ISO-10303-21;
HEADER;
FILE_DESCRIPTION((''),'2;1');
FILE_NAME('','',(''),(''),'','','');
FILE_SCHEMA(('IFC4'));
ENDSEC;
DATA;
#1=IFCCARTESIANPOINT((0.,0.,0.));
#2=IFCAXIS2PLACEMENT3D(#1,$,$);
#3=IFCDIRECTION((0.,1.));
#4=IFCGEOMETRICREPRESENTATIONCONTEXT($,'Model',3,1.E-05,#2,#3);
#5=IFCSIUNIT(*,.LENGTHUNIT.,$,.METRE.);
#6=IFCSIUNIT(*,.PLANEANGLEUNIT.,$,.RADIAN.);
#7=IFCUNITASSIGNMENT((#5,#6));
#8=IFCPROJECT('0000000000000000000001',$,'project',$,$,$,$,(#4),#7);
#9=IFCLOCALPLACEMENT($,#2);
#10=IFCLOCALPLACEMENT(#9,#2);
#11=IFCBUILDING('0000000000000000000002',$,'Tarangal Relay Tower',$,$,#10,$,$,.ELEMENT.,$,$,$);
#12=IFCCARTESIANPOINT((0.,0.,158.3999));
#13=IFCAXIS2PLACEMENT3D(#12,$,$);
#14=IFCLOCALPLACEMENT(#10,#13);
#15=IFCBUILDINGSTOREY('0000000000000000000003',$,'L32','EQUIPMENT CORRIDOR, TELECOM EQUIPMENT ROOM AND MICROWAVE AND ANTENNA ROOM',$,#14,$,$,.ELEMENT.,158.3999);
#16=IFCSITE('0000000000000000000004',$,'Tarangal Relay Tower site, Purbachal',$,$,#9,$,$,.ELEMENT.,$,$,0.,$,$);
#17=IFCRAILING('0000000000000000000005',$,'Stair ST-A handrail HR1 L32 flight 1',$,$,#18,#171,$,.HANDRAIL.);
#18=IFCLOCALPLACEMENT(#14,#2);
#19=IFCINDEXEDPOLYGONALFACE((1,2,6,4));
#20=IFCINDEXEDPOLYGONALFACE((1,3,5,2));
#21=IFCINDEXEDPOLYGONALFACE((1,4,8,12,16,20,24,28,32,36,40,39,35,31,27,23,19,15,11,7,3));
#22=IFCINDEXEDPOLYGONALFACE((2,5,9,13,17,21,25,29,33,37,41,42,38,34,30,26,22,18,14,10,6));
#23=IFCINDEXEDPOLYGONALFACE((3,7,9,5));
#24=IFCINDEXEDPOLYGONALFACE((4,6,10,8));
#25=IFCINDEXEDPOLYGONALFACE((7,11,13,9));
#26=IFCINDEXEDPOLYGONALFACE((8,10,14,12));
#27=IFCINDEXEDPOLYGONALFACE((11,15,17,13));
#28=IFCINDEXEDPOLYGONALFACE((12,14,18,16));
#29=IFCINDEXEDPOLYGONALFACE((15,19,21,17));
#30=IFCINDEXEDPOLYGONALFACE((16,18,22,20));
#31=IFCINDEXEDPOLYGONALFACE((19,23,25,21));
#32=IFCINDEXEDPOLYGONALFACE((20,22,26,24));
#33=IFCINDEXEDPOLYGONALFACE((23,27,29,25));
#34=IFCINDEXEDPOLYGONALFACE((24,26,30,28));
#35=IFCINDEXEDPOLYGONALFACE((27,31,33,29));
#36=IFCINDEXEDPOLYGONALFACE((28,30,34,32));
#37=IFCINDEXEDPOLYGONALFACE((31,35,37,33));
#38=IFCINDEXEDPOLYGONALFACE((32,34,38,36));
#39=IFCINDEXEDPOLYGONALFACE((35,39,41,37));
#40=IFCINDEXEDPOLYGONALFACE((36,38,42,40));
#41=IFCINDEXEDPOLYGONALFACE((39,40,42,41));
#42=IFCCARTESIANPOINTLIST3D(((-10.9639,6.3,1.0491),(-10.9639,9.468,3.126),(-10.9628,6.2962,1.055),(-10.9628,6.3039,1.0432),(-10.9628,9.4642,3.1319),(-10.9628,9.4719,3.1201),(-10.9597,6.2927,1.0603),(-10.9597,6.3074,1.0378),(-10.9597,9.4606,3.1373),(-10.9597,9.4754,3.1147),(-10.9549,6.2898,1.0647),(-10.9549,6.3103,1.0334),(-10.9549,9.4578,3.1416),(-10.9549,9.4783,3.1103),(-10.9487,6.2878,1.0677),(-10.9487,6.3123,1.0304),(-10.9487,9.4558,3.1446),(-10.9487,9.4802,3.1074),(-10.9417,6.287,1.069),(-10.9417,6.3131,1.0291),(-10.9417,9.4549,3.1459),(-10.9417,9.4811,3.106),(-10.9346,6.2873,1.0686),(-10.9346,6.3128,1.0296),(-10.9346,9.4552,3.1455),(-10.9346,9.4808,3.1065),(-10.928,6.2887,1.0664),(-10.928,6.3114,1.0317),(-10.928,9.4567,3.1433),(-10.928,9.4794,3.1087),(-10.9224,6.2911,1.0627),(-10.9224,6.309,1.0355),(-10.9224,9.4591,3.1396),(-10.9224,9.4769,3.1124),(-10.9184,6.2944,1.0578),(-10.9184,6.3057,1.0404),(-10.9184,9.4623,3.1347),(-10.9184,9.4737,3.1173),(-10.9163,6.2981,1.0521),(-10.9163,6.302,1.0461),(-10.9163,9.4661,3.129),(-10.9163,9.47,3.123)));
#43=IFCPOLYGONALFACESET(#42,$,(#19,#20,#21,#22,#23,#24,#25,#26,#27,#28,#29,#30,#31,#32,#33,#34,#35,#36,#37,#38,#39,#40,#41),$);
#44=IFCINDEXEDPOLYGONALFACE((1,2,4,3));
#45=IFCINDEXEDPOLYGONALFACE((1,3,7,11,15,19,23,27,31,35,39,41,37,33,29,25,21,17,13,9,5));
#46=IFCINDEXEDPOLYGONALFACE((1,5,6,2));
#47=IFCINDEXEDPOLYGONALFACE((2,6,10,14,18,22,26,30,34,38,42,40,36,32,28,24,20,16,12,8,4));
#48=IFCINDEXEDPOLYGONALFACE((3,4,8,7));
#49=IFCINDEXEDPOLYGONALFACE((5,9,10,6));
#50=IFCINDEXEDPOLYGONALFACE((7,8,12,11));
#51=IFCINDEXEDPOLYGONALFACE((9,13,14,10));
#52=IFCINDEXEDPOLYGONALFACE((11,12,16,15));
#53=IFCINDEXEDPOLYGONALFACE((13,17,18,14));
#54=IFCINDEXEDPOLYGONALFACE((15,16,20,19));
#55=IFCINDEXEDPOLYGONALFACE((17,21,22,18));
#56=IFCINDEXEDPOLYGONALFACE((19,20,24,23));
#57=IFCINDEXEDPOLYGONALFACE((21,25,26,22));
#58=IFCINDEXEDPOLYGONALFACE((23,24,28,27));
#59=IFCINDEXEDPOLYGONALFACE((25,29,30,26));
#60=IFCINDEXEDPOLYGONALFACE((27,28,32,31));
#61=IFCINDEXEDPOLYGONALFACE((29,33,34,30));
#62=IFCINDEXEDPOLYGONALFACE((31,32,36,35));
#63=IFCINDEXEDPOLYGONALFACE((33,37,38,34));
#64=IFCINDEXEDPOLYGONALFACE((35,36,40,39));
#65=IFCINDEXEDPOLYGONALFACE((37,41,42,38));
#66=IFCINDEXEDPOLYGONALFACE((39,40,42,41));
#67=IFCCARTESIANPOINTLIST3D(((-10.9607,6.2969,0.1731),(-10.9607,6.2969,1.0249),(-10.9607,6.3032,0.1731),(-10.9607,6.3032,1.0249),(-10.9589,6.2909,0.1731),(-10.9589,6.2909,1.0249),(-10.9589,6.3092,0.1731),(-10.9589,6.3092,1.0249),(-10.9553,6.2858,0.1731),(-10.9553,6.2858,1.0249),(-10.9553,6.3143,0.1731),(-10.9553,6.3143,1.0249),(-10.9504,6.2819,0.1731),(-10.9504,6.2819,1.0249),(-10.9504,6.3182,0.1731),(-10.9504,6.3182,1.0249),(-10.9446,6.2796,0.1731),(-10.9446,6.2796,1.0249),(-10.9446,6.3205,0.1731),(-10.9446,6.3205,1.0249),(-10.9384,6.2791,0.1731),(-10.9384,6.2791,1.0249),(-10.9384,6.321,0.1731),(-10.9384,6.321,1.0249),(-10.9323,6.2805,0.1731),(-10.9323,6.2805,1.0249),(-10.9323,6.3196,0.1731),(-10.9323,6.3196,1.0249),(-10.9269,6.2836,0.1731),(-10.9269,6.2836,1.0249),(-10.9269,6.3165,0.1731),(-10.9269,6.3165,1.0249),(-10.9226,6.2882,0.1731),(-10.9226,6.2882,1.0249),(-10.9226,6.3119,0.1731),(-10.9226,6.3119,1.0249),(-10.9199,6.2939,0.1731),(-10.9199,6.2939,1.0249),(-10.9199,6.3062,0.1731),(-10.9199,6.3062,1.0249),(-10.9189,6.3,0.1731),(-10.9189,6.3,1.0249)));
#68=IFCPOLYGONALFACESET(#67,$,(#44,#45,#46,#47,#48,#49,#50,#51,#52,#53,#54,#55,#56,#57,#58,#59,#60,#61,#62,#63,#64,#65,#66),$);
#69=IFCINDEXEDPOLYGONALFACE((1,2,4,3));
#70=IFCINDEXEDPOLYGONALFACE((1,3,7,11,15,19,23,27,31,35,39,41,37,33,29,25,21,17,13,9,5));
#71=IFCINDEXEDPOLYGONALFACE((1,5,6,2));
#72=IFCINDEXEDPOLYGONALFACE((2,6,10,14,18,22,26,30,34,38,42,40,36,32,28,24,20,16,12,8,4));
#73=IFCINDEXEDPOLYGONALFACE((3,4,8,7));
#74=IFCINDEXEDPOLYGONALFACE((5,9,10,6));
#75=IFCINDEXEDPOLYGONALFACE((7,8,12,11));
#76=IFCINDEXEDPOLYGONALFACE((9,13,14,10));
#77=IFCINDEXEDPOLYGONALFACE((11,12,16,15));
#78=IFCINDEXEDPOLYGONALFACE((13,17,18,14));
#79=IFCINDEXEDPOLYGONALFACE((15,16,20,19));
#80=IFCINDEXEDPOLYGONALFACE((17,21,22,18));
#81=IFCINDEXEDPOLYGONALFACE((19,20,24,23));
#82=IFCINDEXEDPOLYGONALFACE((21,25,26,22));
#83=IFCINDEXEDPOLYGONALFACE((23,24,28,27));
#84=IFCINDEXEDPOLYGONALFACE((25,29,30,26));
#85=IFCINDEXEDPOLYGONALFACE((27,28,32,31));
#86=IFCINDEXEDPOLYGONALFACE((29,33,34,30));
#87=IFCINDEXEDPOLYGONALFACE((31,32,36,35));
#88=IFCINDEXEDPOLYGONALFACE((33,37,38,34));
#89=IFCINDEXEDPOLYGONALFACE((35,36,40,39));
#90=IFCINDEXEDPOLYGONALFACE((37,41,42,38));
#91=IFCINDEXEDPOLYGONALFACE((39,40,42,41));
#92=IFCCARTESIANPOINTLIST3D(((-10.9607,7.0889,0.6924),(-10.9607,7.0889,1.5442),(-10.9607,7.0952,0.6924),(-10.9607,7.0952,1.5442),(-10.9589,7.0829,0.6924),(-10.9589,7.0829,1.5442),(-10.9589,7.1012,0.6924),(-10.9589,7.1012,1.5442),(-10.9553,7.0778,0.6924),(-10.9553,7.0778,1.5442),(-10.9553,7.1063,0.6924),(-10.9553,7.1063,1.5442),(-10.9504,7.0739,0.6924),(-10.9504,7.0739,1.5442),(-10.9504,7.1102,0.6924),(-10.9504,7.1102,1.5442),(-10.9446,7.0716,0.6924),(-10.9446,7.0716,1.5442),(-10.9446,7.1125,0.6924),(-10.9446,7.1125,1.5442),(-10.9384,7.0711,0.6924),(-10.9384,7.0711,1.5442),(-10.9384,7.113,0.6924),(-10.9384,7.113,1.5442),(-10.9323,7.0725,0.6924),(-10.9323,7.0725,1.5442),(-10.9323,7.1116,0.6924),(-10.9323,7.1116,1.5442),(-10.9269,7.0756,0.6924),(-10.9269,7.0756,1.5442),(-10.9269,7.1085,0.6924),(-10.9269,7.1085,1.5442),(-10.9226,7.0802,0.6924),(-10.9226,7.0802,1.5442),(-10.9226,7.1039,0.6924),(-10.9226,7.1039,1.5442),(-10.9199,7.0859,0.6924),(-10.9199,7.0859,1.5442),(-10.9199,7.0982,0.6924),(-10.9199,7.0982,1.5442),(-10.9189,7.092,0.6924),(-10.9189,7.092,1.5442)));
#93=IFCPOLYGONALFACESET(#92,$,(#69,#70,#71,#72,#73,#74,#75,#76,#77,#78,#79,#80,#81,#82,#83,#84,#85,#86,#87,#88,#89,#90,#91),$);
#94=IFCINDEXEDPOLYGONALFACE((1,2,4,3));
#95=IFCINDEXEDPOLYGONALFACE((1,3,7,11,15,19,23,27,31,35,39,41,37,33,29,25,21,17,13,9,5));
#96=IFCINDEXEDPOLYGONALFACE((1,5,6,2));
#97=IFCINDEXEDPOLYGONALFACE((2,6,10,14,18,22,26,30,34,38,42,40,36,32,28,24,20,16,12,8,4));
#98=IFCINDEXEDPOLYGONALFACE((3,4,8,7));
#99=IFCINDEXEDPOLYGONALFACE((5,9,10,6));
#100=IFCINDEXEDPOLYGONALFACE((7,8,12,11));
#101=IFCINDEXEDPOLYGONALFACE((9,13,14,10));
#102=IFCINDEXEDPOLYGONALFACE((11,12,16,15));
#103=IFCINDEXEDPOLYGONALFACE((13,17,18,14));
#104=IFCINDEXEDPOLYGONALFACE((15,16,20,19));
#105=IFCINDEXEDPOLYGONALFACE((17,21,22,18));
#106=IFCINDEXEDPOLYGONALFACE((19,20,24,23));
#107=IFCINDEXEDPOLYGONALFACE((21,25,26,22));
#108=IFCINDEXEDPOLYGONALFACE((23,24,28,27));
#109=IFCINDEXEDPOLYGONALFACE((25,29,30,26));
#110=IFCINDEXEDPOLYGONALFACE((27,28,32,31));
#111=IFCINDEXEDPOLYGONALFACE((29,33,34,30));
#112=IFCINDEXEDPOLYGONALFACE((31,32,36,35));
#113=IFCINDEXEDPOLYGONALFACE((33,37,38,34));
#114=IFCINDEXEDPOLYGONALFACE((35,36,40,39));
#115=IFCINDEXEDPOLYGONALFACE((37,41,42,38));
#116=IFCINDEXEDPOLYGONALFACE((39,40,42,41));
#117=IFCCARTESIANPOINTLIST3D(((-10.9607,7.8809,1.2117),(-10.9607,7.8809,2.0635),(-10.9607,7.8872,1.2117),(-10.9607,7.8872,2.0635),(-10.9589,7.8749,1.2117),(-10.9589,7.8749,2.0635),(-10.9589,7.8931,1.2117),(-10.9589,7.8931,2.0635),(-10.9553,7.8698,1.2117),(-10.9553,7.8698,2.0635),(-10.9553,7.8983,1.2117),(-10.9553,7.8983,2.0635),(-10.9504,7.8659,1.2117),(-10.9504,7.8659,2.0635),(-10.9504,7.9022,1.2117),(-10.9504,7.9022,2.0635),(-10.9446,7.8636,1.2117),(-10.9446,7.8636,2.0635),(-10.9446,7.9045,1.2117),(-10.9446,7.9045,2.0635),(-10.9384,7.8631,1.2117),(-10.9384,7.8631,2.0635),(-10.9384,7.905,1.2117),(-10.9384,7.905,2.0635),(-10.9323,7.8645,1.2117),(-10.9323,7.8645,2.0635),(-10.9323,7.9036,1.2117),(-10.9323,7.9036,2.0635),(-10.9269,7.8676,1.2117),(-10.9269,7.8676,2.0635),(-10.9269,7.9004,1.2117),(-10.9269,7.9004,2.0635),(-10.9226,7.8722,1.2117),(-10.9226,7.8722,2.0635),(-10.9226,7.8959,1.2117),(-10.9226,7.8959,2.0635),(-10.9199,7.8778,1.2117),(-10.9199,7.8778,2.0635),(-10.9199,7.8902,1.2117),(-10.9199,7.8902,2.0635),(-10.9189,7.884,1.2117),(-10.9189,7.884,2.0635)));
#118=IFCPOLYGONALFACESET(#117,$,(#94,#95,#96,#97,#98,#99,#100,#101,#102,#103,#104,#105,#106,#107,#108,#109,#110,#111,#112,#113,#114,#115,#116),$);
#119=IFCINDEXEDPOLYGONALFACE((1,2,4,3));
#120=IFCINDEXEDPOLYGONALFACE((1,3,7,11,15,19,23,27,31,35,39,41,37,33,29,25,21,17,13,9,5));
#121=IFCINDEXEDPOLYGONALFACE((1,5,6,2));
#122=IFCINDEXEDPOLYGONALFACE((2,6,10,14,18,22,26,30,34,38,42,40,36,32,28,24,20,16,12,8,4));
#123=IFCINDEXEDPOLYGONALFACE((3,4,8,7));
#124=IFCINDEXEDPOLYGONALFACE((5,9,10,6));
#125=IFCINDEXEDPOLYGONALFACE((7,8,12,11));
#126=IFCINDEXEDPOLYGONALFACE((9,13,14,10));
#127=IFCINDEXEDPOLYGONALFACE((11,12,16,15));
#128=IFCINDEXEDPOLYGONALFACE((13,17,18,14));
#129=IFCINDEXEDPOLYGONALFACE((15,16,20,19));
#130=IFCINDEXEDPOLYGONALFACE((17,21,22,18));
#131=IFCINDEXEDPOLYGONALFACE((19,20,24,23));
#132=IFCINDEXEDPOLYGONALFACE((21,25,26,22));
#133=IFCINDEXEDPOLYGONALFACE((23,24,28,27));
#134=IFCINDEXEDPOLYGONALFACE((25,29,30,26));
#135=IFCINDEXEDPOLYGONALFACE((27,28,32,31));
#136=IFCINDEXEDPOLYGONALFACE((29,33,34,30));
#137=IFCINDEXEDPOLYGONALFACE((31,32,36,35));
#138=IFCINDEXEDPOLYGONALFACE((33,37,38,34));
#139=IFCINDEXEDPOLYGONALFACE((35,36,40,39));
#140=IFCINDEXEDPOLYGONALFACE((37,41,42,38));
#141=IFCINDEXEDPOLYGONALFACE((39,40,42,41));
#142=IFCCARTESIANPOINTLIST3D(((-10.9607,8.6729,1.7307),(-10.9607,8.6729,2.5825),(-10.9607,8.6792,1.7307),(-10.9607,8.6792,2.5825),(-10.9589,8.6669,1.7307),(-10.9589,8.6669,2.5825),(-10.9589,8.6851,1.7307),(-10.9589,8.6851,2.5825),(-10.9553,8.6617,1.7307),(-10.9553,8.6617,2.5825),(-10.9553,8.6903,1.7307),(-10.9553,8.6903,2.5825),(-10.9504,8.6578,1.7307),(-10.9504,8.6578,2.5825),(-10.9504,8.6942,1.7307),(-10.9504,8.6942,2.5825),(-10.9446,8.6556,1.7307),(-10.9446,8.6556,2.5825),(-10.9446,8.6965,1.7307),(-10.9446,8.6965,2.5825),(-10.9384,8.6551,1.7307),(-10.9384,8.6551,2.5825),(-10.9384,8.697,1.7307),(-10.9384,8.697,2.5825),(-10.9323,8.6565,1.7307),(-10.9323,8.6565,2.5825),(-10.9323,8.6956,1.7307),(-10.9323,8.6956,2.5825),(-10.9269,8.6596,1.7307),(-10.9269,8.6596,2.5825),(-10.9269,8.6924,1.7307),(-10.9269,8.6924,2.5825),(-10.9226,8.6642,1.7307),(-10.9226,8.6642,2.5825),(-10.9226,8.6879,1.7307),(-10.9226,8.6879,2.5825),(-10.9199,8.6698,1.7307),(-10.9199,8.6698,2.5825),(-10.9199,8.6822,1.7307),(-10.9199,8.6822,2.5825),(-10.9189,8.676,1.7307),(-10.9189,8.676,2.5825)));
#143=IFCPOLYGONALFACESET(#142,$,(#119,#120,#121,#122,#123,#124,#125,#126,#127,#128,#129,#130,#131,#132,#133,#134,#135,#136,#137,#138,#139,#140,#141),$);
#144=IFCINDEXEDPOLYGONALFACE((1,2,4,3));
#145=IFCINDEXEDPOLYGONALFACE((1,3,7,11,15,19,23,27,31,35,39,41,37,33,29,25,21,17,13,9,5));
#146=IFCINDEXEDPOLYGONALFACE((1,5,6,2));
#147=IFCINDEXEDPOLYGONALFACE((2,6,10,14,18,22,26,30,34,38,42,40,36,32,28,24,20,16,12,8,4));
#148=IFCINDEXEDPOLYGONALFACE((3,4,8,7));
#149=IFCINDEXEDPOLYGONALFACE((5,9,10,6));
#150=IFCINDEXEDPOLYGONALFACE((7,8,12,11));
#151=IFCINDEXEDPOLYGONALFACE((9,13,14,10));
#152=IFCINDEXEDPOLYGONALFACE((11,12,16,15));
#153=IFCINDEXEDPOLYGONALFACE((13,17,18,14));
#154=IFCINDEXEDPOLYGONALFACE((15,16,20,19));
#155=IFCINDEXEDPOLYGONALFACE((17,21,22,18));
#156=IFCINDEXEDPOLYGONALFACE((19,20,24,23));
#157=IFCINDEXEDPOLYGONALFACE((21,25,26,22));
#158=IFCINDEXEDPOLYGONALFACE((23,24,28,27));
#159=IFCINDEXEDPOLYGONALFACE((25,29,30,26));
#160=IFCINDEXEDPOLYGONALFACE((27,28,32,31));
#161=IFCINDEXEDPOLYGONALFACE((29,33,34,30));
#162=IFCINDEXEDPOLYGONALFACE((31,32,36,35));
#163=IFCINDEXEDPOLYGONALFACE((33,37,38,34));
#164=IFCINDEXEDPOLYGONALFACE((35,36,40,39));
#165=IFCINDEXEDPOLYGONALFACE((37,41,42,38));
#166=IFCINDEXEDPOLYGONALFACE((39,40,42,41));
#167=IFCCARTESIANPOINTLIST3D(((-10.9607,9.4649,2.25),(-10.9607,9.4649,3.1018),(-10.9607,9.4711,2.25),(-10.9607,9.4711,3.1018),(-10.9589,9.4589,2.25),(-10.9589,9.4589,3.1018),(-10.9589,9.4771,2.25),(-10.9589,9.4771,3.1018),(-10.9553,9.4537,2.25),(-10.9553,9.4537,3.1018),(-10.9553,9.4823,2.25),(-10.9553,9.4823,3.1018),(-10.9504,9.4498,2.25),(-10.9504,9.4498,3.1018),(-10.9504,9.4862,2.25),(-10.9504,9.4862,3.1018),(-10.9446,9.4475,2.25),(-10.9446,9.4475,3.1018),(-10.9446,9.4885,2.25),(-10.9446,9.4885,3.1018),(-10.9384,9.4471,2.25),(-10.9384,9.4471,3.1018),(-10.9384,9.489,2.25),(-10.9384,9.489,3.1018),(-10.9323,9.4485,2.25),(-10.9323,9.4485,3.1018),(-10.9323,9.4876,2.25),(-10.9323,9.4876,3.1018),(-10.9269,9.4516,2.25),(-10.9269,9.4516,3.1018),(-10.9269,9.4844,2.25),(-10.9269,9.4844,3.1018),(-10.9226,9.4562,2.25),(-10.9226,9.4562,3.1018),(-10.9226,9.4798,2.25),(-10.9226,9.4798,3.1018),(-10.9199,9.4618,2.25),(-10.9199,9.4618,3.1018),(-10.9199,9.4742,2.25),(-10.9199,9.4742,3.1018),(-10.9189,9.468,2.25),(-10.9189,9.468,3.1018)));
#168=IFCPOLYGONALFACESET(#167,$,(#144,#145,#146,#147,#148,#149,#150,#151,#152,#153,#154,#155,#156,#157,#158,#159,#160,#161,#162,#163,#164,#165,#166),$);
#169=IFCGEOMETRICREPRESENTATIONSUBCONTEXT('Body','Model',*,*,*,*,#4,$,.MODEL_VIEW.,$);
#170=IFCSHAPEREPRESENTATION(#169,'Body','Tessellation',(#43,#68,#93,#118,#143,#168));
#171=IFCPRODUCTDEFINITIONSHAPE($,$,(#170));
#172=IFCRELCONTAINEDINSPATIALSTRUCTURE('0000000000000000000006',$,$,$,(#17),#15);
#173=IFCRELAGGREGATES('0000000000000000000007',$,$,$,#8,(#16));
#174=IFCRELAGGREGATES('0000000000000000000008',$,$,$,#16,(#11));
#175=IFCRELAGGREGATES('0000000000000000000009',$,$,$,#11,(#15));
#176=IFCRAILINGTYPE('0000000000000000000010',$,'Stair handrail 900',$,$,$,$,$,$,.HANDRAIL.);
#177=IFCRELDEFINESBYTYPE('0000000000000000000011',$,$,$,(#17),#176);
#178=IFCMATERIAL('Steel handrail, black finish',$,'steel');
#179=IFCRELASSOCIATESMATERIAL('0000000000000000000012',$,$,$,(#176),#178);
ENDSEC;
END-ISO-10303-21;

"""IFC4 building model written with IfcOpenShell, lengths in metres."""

from ifc_helpers import new_model, si_unit, direction, frame, origin, origin_2d, place, context, subcontext, project, spatial, circle, extrude, material, type_object, element, save


model = new_model("IFC4")

# Units and contexts
model_context = context("Model", 3, precision=1e-05, world=origin(), true_north=direction((0.0, 1.0)))
body_context = subcontext(model_context, "Body", "Model", "MODEL_VIEW")
ifc_project = project(units=[si_unit("LENGTHUNIT", "METRE"), si_unit("PLANEANGLEUNIT", "RADIAN")], contexts=[model_context])

# Site, building, storey
site_placement = place(None, origin())
site = spatial("IfcSite", under=ifc_project, at=site_placement, Name="Tarangal Relay Tower site, Purbachal", CompositionType="ELEMENT", RefElevation=0.0)
building_placement = place(site_placement, origin())
building = spatial("IfcBuilding", under=site, at=building_placement, Name="Tarangal Relay Tower", CompositionType="ELEMENT")
storey_placement = place(building_placement, frame((0.0, 0.0, 158.3999)))
storey = spatial("IfcBuildingStorey", under=building, at=storey_placement, Name="L32", Description="EQUIPMENT CORRIDOR, TELECOM EQUIPMENT ROOM AND MICROWAVE AND ANTENNA ROOM", CompositionType="ELEMENT", Elevation=158.3999)

# Railing
ifc_material_1 = material(Name="Steel handrail, black finish", Category="steel")
railing_type = type_object("IfcRailingType", Name="Stair handrail 900", PredefinedType="HANDRAIL", material=ifc_material_1)
railing_placement = place(storey_placement, frame((-10.9399, 6.3, 0.1731)))
element("IfcRailing", 1, at=railing_placement, inside=storey, type_object=railing_type, Name="Stair ST-A handrail HR1 L32 flight 1", PredefinedType="HANDRAIL", context=body_context, shape_type="SweptSolid", body=[
    extrude(circle(Radius=0.0239, at=origin_2d()), frame((0.0, 0.0, 0.876), z_axis=(0.0, 0.836299, 0.548273), x_axis=(-1.0, 0.0, 0.0)), (0.0, 0.0, 1.0), 3.7881),
    extrude(circle(Radius=0.021, at=origin_2d()), origin(), (0.0, 0.0, 1.0), 0.8518),
    extrude(circle(Radius=0.021, at=origin_2d()), frame((0.0, 0.792, 0.5193)), (0.0, 0.0, 1.0), 0.8518),
    extrude(circle(Radius=0.021, at=origin_2d()), frame((0.0, 1.584, 1.0386)), (0.0, 0.0, 1.0), 0.8518),
    extrude(circle(Radius=0.021, at=origin_2d()), frame((0.0, 2.376, 1.5576)), (0.0, 0.0, 1.0), 0.8518),
    extrude(circle(Radius=0.021, at=origin_2d()), frame((0.0, 3.168, 2.0769)), (0.0, 0.0, 1.0), 0.8518),
])

save(model, "model.ifc")
